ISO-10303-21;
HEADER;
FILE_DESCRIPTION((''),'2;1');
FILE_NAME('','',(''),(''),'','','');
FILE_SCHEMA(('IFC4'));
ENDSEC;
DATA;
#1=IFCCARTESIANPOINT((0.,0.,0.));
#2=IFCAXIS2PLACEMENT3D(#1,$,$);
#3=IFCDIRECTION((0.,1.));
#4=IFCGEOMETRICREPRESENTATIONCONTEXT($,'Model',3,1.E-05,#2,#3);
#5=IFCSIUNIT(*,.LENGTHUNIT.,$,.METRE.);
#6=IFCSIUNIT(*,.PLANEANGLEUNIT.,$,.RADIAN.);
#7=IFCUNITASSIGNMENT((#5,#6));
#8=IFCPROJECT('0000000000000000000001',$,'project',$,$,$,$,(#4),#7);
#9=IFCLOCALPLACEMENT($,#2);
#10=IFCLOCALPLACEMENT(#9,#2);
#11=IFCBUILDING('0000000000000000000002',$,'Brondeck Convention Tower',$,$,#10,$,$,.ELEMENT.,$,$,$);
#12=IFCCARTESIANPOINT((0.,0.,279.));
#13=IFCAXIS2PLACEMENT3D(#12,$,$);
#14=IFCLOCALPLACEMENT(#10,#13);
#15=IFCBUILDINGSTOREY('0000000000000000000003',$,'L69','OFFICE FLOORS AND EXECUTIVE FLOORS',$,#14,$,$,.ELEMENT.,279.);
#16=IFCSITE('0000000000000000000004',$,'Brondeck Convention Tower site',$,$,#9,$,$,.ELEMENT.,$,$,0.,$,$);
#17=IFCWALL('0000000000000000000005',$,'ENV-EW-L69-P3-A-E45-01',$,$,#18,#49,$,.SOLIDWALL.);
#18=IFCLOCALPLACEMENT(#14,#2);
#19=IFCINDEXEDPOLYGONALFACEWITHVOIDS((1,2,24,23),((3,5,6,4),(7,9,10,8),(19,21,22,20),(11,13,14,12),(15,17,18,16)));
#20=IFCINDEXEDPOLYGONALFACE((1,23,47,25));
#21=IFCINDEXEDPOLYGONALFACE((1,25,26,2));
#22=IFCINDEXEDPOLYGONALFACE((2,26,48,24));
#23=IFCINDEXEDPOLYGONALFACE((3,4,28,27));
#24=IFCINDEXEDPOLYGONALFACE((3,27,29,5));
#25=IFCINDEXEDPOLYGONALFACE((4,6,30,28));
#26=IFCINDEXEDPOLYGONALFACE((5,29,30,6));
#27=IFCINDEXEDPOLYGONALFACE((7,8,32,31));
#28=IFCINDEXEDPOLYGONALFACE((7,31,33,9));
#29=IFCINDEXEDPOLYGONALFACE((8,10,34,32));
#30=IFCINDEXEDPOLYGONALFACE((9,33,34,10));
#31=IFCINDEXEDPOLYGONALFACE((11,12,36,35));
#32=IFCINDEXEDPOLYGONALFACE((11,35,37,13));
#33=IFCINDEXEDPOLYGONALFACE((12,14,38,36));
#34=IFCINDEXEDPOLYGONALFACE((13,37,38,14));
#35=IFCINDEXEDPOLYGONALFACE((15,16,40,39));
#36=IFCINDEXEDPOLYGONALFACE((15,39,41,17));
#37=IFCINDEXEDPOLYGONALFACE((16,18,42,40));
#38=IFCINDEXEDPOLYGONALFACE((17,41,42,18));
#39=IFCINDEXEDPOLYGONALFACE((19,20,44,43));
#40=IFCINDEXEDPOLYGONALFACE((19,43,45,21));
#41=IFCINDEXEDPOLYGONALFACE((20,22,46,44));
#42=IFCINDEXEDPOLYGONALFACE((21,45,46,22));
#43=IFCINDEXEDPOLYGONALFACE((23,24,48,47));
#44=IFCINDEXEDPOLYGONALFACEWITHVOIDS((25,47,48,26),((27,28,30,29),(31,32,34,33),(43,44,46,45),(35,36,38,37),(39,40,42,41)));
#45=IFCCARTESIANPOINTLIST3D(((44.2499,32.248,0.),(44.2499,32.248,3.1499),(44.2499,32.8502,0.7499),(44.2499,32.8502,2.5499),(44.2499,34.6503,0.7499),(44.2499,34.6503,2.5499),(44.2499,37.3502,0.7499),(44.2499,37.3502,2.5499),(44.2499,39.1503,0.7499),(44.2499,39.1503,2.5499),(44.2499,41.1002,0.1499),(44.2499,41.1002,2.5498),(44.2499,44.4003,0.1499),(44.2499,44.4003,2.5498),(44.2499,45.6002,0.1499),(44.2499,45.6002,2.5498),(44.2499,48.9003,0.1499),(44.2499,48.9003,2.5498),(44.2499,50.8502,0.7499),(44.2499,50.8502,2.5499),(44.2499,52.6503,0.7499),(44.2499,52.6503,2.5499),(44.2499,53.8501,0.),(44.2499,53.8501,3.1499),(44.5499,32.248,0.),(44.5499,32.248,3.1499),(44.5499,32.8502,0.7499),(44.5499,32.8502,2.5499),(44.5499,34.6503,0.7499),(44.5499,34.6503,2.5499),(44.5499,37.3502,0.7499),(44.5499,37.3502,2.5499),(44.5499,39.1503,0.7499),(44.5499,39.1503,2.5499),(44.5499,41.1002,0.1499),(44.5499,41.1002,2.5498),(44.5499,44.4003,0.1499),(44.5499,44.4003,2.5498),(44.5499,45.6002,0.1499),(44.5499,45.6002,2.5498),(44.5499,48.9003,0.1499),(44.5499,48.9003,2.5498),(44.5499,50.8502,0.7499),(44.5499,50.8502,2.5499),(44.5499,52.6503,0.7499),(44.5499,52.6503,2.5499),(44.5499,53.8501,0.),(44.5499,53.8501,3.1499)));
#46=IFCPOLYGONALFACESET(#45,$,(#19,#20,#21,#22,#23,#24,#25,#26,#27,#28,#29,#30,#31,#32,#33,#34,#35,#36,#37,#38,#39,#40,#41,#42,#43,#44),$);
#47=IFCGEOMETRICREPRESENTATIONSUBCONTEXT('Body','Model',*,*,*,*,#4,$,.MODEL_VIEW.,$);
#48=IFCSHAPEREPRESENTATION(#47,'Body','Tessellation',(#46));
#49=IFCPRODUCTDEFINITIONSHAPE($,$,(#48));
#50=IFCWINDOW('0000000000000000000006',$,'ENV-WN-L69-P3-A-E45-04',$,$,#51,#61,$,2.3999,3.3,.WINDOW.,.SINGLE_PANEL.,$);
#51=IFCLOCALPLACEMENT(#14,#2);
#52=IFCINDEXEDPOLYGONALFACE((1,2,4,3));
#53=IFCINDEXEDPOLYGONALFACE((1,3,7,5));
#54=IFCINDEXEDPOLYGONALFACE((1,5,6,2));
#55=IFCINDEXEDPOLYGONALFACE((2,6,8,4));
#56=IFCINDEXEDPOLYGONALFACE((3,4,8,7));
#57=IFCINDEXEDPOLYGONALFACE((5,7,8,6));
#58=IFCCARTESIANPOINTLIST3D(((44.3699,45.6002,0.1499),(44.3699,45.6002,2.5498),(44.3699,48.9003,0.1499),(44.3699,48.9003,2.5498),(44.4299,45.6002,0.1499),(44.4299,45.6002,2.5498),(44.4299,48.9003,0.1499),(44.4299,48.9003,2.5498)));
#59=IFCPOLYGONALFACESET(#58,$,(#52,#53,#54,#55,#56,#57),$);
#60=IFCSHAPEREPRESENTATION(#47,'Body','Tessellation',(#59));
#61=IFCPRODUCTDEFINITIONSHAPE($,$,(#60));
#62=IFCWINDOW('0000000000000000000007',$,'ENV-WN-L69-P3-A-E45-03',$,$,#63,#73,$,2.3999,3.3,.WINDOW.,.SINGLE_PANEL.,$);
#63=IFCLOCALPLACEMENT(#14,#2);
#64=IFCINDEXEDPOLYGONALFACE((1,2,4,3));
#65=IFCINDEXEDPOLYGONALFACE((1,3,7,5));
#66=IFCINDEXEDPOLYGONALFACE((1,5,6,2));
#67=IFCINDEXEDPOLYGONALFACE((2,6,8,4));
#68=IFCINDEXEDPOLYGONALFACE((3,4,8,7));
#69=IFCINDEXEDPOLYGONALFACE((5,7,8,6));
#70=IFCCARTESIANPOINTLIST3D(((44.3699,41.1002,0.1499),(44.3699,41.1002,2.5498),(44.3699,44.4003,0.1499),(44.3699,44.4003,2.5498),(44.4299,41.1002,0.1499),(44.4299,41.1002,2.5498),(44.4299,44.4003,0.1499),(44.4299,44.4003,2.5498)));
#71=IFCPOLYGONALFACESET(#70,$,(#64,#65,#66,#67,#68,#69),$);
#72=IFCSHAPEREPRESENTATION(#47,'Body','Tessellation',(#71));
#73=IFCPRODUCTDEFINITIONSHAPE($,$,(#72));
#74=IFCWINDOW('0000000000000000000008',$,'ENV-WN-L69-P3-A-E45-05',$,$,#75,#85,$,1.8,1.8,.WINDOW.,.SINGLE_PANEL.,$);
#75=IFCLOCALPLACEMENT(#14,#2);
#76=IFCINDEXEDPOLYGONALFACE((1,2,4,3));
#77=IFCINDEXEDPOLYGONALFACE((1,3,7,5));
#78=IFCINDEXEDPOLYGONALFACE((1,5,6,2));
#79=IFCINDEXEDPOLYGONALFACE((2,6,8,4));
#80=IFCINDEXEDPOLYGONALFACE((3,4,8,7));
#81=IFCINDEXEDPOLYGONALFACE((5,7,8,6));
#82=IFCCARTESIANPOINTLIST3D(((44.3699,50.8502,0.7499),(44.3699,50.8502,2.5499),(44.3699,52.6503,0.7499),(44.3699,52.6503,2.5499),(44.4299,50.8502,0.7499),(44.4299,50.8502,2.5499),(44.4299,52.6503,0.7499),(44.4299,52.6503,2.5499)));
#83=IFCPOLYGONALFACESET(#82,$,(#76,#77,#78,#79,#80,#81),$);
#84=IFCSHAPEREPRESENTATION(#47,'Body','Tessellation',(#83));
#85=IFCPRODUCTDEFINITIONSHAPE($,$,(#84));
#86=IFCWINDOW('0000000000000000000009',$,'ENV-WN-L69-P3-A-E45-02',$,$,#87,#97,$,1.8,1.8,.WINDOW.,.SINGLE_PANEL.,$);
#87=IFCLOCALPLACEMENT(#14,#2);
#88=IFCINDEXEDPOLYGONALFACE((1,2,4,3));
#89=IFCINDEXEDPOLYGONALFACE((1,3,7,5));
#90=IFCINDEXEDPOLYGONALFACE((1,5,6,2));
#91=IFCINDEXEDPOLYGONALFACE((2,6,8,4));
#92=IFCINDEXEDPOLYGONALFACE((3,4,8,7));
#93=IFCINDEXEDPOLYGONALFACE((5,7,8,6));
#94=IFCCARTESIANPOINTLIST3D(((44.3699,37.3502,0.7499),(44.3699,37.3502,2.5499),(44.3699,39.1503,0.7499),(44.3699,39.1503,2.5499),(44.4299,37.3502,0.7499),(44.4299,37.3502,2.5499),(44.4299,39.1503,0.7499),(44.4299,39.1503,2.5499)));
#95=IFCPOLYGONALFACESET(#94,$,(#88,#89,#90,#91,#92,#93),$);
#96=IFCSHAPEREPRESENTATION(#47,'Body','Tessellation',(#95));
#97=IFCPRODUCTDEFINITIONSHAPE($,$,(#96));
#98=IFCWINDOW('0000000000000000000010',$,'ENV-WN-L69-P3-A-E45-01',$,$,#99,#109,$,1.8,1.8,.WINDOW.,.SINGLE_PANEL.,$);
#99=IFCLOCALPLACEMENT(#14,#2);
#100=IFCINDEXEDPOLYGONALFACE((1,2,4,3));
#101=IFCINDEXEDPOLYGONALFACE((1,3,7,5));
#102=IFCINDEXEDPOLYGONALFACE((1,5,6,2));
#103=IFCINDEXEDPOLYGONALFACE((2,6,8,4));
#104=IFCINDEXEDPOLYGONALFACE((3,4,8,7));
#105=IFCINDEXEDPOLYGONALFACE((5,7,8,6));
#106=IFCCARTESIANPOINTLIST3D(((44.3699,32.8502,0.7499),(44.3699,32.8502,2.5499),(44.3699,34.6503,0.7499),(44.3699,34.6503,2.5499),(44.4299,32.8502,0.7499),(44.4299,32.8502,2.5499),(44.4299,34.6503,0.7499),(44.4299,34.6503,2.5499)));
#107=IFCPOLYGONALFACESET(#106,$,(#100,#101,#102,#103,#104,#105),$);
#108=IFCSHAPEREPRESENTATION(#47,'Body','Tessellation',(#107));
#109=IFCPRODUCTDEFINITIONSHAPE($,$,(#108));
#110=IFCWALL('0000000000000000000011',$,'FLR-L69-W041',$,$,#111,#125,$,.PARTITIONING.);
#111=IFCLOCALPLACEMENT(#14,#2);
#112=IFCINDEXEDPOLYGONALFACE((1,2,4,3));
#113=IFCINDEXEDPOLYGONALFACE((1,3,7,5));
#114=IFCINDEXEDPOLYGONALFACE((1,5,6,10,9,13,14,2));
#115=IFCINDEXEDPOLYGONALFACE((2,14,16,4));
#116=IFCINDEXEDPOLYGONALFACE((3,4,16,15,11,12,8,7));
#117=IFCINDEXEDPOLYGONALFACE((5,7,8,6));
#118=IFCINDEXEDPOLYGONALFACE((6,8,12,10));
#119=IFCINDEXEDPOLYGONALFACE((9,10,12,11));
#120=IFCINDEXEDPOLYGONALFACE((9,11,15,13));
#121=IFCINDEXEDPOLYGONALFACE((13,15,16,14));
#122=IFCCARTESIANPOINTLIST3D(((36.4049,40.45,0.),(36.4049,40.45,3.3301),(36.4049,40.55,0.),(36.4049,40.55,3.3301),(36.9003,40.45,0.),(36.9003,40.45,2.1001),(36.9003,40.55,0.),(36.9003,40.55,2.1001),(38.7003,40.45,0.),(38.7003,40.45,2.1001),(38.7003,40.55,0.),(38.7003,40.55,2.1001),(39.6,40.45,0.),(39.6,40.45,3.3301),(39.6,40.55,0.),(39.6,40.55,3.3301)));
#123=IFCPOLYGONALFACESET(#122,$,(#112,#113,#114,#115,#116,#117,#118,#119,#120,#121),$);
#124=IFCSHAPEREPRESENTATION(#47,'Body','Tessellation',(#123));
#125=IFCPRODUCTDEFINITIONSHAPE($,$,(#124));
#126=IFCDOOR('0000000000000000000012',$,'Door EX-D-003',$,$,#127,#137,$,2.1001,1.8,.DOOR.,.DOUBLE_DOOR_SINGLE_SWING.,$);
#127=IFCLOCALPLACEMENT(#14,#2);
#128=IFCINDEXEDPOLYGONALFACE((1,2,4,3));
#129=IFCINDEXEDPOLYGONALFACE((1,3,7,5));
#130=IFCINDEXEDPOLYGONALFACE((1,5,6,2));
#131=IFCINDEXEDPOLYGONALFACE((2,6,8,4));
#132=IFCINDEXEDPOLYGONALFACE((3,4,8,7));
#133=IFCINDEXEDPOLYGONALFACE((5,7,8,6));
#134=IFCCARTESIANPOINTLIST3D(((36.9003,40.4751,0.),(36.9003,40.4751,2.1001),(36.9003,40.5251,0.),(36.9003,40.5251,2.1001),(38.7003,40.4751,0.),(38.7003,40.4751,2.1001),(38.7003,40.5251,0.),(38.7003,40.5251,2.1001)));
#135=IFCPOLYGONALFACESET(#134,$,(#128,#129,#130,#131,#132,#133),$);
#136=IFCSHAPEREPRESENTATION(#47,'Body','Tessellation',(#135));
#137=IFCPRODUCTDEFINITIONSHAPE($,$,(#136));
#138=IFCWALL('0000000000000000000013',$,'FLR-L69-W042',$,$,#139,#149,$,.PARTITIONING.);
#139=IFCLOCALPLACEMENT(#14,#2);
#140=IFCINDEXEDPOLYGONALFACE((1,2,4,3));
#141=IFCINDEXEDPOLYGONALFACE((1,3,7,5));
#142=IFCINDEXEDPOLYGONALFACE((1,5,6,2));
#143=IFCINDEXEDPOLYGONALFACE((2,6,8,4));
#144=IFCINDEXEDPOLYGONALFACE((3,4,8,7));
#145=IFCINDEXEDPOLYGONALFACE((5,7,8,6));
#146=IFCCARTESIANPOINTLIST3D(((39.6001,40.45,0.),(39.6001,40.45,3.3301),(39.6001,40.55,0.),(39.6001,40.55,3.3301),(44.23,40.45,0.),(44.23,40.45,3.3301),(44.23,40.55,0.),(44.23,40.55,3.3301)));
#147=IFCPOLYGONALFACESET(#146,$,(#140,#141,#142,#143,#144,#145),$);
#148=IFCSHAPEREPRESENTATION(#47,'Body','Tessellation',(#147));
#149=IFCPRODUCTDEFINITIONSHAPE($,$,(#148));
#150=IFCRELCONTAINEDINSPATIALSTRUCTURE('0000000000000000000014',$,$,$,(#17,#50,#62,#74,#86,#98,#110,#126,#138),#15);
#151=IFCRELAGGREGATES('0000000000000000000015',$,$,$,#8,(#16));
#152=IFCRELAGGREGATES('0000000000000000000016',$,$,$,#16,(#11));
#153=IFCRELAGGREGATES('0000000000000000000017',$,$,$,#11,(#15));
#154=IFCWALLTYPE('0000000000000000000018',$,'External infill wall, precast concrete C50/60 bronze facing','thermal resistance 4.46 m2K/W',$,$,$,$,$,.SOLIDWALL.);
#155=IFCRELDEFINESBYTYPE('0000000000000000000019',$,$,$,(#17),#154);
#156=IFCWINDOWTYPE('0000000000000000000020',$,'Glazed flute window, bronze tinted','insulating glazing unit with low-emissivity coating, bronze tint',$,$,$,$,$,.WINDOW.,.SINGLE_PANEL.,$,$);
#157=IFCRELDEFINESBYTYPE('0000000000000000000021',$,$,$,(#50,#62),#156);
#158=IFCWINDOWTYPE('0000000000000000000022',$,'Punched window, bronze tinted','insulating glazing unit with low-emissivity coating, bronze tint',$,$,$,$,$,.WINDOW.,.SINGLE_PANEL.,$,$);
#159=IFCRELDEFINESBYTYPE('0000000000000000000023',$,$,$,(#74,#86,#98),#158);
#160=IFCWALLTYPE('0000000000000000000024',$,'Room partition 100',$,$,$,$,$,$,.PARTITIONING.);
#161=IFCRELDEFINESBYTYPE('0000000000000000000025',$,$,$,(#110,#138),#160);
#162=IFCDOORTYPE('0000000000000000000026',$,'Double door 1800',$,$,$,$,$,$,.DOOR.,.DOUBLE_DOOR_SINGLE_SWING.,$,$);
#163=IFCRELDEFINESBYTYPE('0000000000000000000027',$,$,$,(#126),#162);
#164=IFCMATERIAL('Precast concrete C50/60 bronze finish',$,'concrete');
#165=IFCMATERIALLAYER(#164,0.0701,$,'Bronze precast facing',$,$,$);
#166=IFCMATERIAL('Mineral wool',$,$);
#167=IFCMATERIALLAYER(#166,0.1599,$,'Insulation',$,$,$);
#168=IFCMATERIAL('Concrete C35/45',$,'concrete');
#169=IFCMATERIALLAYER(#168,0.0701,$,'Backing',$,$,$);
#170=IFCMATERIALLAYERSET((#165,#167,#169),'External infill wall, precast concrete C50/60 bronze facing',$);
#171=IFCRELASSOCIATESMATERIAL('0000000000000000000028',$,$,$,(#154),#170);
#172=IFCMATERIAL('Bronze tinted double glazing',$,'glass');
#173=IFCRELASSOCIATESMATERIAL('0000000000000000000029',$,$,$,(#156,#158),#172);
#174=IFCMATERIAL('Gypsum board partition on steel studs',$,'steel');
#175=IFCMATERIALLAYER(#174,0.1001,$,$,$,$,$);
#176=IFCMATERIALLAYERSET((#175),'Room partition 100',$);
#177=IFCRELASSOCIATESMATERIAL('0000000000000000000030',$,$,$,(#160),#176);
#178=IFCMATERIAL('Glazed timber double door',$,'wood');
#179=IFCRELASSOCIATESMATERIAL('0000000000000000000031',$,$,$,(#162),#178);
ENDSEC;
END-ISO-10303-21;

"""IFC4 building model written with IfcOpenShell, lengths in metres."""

from ifc_helpers import new_model, si_unit, direction, frame, frame_2d, origin, place, context, subcontext, project, spatial, rectangle, extrude, material, layer, layer_set, type_object, element, fill, save


model = new_model("IFC4")

# Units and contexts
model_context = context("Model", 3, precision=1e-05, world=origin(), true_north=direction((0.0, 1.0)))
body_context = subcontext(model_context, "Body", "Model", "MODEL_VIEW")
ifc_project = project(units=[si_unit("LENGTHUNIT", "METRE"), si_unit("PLANEANGLEUNIT", "RADIAN")], contexts=[model_context])

# Site, building, storey
site_placement = place(None, origin())
site = spatial("IfcSite", under=ifc_project, at=site_placement, Name="Brondeck Convention Tower site", CompositionType="ELEMENT", RefElevation=0.0)
building_placement = place(site_placement, origin())
building = spatial("IfcBuilding", under=site, at=building_placement, Name="Brondeck Convention Tower", CompositionType="ELEMENT")
storey_placement = place(building_placement, frame((0.0, 0.0, 279.0)))
storey = spatial("IfcBuildingStorey", under=building, at=storey_placement, Name="L69", Description="OFFICE FLOORS AND EXECUTIVE FLOORS", CompositionType="ELEMENT", Elevation=279.0)

# Wall, openings, windows
ifc_material_1 = material(Name="Precast concrete C50/60 bronze finish", Category="concrete")
ifc_layer_1 = layer(ifc_material_1, 0.0701, Name="Bronze precast facing")
ifc_material_2 = material(Name="Mineral wool")
ifc_layer_2 = layer(ifc_material_2, 0.1599, Name="Insulation")
ifc_material_3 = material(Name="Concrete C35/45", Category="concrete")
ifc_layer_3 = layer(ifc_material_3, 0.0701, Name="Backing")
ifc_layer_set_1 = layer_set([ifc_layer_1, ifc_layer_2, ifc_layer_3], Name="External infill wall, precast concrete C50/60 bronze facing")
wall_type_1 = type_object("IfcWallType", Name="External infill wall, precast concrete C50/60 bronze facing", Description="thermal resistance 4.46 m2K/W", PredefinedType="SOLIDWALL", material=ifc_layer_set_1)
wall_1_placement = place(storey_placement, frame((44.3999, 53.8501, 0.0), z_axis=(0.0, 0.0, 1.0), x_axis=(0.0, -1.0, 0.0)))
wall_1 = element("IfcWall", 1, at=wall_1_placement, inside=storey, type_object=wall_type_1, Name="ENV-EW-L69-P3-A-E45-01", PredefinedType="SOLIDWALL", context=body_context, shape_type="SweptSolid", body=[
    extrude(rectangle(XDim=21.6021, YDim=0.3, at=frame_2d((10.801, 0.0))), origin(), (0.0, 0.0, 1.0), 3.1499),
])
opening_1_placement = place(wall_1_placement, frame((1.2, 0.0, 0.75)))
opening_1 = element("IfcOpeningElement", 2, at=opening_1_placement, cuts=wall_1, PredefinedType="OPENING", context=body_context, shape_type="SweptSolid", body=[
    extrude(rectangle(XDim=1.8, YDim=1.8, at=frame_2d((0.8999, 0.8999))), frame((0.0, 0.1599, 0.0), z_axis=(0.0, -1.0, 0.0), x_axis=(1.0, 0.0, 0.0)), (0.0, 0.0, 1.0), 0.3201),
])
opening_2_placement = place(wall_1_placement, frame((4.95, 0.0, 0.1499)))
opening_2 = element("IfcOpeningElement", 3, at=opening_2_placement, cuts=wall_1, PredefinedType="OPENING", context=body_context, shape_type="SweptSolid", body=[
    extrude(rectangle(XDim=3.3, YDim=2.3999, at=frame_2d((1.6499, 1.2))), frame((0.0, 0.1599, 0.0), z_axis=(0.0, -1.0, 0.0), x_axis=(1.0, 0.0, 0.0)), (0.0, 0.0, 1.0), 0.3201),
])
opening_3_placement = place(wall_1_placement, frame((9.45, 0.0, 0.1499)))
opening_3 = element("IfcOpeningElement", 4, at=opening_3_placement, cuts=wall_1, PredefinedType="OPENING", context=body_context, shape_type="SweptSolid", body=[
    extrude(rectangle(XDim=3.3, YDim=2.3999, at=frame_2d((1.6499, 1.2))), frame((0.0, 0.1599, 0.0), z_axis=(0.0, -1.0, 0.0), x_axis=(1.0, 0.0, 0.0)), (0.0, 0.0, 1.0), 0.3201),
])
opening_4_placement = place(wall_1_placement, frame((14.7, 0.0, 0.75)))
opening_4 = element("IfcOpeningElement", 5, at=opening_4_placement, cuts=wall_1, PredefinedType="OPENING", context=body_context, shape_type="SweptSolid", body=[
    extrude(rectangle(XDim=1.8, YDim=1.8, at=frame_2d((0.8999, 0.8999))), frame((0.0, 0.1599, 0.0), z_axis=(0.0, -1.0, 0.0), x_axis=(1.0, 0.0, 0.0)), (0.0, 0.0, 1.0), 0.3201),
])
opening_5_placement = place(wall_1_placement, frame((19.2, 0.0, 0.75)))
opening_5 = element("IfcOpeningElement", 6, at=opening_5_placement, cuts=wall_1, PredefinedType="OPENING", context=body_context, shape_type="SweptSolid", body=[
    extrude(rectangle(XDim=1.8, YDim=1.8, at=frame_2d((0.8999, 0.8999))), frame((0.0, 0.1599, 0.0), z_axis=(0.0, -1.0, 0.0), x_axis=(1.0, 0.0, 0.0)), (0.0, 0.0, 1.0), 0.3201),
])
ifc_material_4 = material(Name="Bronze tinted double glazing", Category="glass")
window_type_1 = type_object("IfcWindowType", Name="Glazed flute window, bronze tinted", Description="insulating glazing unit with low-emissivity coating, bronze tint", PartitioningType="SINGLE_PANEL", PredefinedType="WINDOW", material=ifc_material_4)
window_1_placement = place(opening_2_placement, origin())
window_1 = element("IfcWindow", 7, at=window_1_placement, inside=storey, type_object=window_type_1, Name="ENV-WN-L69-P3-A-E45-04", OverallHeight=2.3999, OverallWidth=3.3, PartitioningType="SINGLE_PANEL", PredefinedType="WINDOW", context=body_context, shape_type="SweptSolid", body=[
    extrude(rectangle(XDim=3.3, YDim=2.3999, at=frame_2d((1.6499, 1.2))), frame((0.0, 0.03, 0.0), z_axis=(0.0, -1.0, 0.0), x_axis=(1.0, 0.0, 0.0)), (0.0, 0.0, 1.0), 0.0601),
])
fill(opening_2, window_1)
window_2_placement = place(opening_3_placement, origin())
window_2 = element("IfcWindow", 8, at=window_2_placement, inside=storey, type_object=window_type_1, Name="ENV-WN-L69-P3-A-E45-03", OverallHeight=2.3999, OverallWidth=3.3, PartitioningType="SINGLE_PANEL", PredefinedType="WINDOW", context=body_context, shape_type="SweptSolid", body=[
    extrude(rectangle(XDim=3.3, YDim=2.3999, at=frame_2d((1.6499, 1.2))), frame((0.0, 0.03, 0.0), z_axis=(0.0, -1.0, 0.0), x_axis=(1.0, 0.0, 0.0)), (0.0, 0.0, 1.0), 0.0601),
])
fill(opening_3, window_2)
window_type_2 = type_object("IfcWindowType", Name="Punched window, bronze tinted", Description="insulating glazing unit with low-emissivity coating, bronze tint", PartitioningType="SINGLE_PANEL", PredefinedType="WINDOW", material=ifc_material_4)
window_3_placement = place(opening_1_placement, origin())
window_3 = element("IfcWindow", 9, at=window_3_placement, inside=storey, type_object=window_type_2, Name="ENV-WN-L69-P3-A-E45-05", OverallHeight=1.8, OverallWidth=1.8, PartitioningType="SINGLE_PANEL", PredefinedType="WINDOW", context=body_context, shape_type="SweptSolid", body=[
    extrude(rectangle(XDim=1.8, YDim=1.8, at=frame_2d((0.8999, 0.8999))), frame((0.0, 0.03, 0.0), z_axis=(0.0, -1.0, 0.0), x_axis=(1.0, 0.0, 0.0)), (0.0, 0.0, 1.0), 0.0601),
])
fill(opening_1, window_3)
window_4_placement = place(opening_4_placement, origin())
window_4 = element("IfcWindow", 10, at=window_4_placement, inside=storey, type_object=window_type_2, Name="ENV-WN-L69-P3-A-E45-02", OverallHeight=1.8, OverallWidth=1.8, PartitioningType="SINGLE_PANEL", PredefinedType="WINDOW", context=body_context, shape_type="SweptSolid", body=[
    extrude(rectangle(XDim=1.8, YDim=1.8, at=frame_2d((0.8999, 0.8999))), frame((0.0, 0.03, 0.0), z_axis=(0.0, -1.0, 0.0), x_axis=(1.0, 0.0, 0.0)), (0.0, 0.0, 1.0), 0.0601),
])
fill(opening_4, window_4)
window_5_placement = place(opening_5_placement, origin())
window_5 = element("IfcWindow", 11, at=window_5_placement, inside=storey, type_object=window_type_2, Name="ENV-WN-L69-P3-A-E45-01", OverallHeight=1.8, OverallWidth=1.8, PartitioningType="SINGLE_PANEL", PredefinedType="WINDOW", context=body_context, shape_type="SweptSolid", body=[
    extrude(rectangle(XDim=1.8, YDim=1.8, at=frame_2d((0.8999, 0.8999))), frame((0.0, 0.03, 0.0), z_axis=(0.0, -1.0, 0.0), x_axis=(1.0, 0.0, 0.0)), (0.0, 0.0, 1.0), 0.0601),
])
fill(opening_5, window_5)

# Wall, opening, door
ifc_material_5 = material(Name="Gypsum board partition on steel studs", Category="steel")
ifc_layer_4 = layer(ifc_material_5, 0.1001)
ifc_layer_set_2 = layer_set([ifc_layer_4], Name="Room partition 100")
wall_type_2 = type_object("IfcWallType", Name="Room partition 100", PredefinedType="PARTITIONING", material=ifc_layer_set_2)
wall_2_placement = place(storey_placement, frame((39.6001, 40.5, 0.0), z_axis=(0.0, 0.0, 1.0), x_axis=(-1.0, 0.0, 0.0)))
wall_2 = element("IfcWall", 12, at=wall_2_placement, inside=storey, type_object=wall_type_2, Name="FLR-L69-W041", PredefinedType="PARTITIONING", context=body_context, shape_type="SweptSolid", body=[
    extrude(rectangle(XDim=3.1951, YDim=0.1001, at=frame_2d((1.5977, 0.0))), origin(), (0.0, 0.0, 1.0), 3.3301),
])
opening_6_placement = place(wall_2_placement, frame((0.8999, 0.0, 0.0)))
opening_6 = element("IfcOpeningElement", 13, at=opening_6_placement, cuts=wall_2, PredefinedType="OPENING", context=body_context, shape_type="SweptSolid", body=[
    extrude(rectangle(XDim=1.8, YDim=2.1001, at=frame_2d((0.8999, 1.05))), frame((0.0, 0.0601, 0.0), z_axis=(0.0, -1.0, 0.0), x_axis=(1.0, 0.0, 0.0)), (0.0, 0.0, 1.0), 0.1201),
])
ifc_material_6 = material(Name="Glazed timber double door", Category="wood")
door_type_1 = type_object("IfcDoorType", Name="Double door 1800", OperationType="DOUBLE_DOOR_SINGLE_SWING", PredefinedType="DOOR", material=ifc_material_6)
door_1_placement = place(opening_6_placement, origin())
door_1 = element("IfcDoor", 14, at=door_1_placement, inside=storey, type_object=door_type_1, Name="Door EX-D-003", OperationType="DOUBLE_DOOR_SINGLE_SWING", OverallHeight=2.1001, OverallWidth=1.8, PredefinedType="DOOR", context=body_context, shape_type="SweptSolid", body=[
    extrude(rectangle(XDim=1.8, YDim=2.1001, at=frame_2d((0.8999, 1.05))), frame((0.0, 0.0249, 0.0), z_axis=(0.0, -1.0, 0.0), x_axis=(1.0, 0.0, 0.0)), (0.0, 0.0, 1.0), 0.05),
])
fill(opening_6, door_1)

# Wall
wall_3_placement = place(storey_placement, frame((44.23, 40.5, 0.0), z_axis=(0.0, 0.0, 1.0), x_axis=(-1.0, 0.0, 0.0)))
element("IfcWall", 15, at=wall_3_placement, inside=storey, type_object=wall_type_2, Name="FLR-L69-W042", PredefinedType="PARTITIONING", context=body_context, shape_type="SweptSolid", body=[
    extrude(rectangle(XDim=4.6299, YDim=0.1001, at=frame_2d((2.3149, 0.0))), origin(), (0.0, 0.0, 1.0), 3.3301),
])

save(model, "model.ifc")
